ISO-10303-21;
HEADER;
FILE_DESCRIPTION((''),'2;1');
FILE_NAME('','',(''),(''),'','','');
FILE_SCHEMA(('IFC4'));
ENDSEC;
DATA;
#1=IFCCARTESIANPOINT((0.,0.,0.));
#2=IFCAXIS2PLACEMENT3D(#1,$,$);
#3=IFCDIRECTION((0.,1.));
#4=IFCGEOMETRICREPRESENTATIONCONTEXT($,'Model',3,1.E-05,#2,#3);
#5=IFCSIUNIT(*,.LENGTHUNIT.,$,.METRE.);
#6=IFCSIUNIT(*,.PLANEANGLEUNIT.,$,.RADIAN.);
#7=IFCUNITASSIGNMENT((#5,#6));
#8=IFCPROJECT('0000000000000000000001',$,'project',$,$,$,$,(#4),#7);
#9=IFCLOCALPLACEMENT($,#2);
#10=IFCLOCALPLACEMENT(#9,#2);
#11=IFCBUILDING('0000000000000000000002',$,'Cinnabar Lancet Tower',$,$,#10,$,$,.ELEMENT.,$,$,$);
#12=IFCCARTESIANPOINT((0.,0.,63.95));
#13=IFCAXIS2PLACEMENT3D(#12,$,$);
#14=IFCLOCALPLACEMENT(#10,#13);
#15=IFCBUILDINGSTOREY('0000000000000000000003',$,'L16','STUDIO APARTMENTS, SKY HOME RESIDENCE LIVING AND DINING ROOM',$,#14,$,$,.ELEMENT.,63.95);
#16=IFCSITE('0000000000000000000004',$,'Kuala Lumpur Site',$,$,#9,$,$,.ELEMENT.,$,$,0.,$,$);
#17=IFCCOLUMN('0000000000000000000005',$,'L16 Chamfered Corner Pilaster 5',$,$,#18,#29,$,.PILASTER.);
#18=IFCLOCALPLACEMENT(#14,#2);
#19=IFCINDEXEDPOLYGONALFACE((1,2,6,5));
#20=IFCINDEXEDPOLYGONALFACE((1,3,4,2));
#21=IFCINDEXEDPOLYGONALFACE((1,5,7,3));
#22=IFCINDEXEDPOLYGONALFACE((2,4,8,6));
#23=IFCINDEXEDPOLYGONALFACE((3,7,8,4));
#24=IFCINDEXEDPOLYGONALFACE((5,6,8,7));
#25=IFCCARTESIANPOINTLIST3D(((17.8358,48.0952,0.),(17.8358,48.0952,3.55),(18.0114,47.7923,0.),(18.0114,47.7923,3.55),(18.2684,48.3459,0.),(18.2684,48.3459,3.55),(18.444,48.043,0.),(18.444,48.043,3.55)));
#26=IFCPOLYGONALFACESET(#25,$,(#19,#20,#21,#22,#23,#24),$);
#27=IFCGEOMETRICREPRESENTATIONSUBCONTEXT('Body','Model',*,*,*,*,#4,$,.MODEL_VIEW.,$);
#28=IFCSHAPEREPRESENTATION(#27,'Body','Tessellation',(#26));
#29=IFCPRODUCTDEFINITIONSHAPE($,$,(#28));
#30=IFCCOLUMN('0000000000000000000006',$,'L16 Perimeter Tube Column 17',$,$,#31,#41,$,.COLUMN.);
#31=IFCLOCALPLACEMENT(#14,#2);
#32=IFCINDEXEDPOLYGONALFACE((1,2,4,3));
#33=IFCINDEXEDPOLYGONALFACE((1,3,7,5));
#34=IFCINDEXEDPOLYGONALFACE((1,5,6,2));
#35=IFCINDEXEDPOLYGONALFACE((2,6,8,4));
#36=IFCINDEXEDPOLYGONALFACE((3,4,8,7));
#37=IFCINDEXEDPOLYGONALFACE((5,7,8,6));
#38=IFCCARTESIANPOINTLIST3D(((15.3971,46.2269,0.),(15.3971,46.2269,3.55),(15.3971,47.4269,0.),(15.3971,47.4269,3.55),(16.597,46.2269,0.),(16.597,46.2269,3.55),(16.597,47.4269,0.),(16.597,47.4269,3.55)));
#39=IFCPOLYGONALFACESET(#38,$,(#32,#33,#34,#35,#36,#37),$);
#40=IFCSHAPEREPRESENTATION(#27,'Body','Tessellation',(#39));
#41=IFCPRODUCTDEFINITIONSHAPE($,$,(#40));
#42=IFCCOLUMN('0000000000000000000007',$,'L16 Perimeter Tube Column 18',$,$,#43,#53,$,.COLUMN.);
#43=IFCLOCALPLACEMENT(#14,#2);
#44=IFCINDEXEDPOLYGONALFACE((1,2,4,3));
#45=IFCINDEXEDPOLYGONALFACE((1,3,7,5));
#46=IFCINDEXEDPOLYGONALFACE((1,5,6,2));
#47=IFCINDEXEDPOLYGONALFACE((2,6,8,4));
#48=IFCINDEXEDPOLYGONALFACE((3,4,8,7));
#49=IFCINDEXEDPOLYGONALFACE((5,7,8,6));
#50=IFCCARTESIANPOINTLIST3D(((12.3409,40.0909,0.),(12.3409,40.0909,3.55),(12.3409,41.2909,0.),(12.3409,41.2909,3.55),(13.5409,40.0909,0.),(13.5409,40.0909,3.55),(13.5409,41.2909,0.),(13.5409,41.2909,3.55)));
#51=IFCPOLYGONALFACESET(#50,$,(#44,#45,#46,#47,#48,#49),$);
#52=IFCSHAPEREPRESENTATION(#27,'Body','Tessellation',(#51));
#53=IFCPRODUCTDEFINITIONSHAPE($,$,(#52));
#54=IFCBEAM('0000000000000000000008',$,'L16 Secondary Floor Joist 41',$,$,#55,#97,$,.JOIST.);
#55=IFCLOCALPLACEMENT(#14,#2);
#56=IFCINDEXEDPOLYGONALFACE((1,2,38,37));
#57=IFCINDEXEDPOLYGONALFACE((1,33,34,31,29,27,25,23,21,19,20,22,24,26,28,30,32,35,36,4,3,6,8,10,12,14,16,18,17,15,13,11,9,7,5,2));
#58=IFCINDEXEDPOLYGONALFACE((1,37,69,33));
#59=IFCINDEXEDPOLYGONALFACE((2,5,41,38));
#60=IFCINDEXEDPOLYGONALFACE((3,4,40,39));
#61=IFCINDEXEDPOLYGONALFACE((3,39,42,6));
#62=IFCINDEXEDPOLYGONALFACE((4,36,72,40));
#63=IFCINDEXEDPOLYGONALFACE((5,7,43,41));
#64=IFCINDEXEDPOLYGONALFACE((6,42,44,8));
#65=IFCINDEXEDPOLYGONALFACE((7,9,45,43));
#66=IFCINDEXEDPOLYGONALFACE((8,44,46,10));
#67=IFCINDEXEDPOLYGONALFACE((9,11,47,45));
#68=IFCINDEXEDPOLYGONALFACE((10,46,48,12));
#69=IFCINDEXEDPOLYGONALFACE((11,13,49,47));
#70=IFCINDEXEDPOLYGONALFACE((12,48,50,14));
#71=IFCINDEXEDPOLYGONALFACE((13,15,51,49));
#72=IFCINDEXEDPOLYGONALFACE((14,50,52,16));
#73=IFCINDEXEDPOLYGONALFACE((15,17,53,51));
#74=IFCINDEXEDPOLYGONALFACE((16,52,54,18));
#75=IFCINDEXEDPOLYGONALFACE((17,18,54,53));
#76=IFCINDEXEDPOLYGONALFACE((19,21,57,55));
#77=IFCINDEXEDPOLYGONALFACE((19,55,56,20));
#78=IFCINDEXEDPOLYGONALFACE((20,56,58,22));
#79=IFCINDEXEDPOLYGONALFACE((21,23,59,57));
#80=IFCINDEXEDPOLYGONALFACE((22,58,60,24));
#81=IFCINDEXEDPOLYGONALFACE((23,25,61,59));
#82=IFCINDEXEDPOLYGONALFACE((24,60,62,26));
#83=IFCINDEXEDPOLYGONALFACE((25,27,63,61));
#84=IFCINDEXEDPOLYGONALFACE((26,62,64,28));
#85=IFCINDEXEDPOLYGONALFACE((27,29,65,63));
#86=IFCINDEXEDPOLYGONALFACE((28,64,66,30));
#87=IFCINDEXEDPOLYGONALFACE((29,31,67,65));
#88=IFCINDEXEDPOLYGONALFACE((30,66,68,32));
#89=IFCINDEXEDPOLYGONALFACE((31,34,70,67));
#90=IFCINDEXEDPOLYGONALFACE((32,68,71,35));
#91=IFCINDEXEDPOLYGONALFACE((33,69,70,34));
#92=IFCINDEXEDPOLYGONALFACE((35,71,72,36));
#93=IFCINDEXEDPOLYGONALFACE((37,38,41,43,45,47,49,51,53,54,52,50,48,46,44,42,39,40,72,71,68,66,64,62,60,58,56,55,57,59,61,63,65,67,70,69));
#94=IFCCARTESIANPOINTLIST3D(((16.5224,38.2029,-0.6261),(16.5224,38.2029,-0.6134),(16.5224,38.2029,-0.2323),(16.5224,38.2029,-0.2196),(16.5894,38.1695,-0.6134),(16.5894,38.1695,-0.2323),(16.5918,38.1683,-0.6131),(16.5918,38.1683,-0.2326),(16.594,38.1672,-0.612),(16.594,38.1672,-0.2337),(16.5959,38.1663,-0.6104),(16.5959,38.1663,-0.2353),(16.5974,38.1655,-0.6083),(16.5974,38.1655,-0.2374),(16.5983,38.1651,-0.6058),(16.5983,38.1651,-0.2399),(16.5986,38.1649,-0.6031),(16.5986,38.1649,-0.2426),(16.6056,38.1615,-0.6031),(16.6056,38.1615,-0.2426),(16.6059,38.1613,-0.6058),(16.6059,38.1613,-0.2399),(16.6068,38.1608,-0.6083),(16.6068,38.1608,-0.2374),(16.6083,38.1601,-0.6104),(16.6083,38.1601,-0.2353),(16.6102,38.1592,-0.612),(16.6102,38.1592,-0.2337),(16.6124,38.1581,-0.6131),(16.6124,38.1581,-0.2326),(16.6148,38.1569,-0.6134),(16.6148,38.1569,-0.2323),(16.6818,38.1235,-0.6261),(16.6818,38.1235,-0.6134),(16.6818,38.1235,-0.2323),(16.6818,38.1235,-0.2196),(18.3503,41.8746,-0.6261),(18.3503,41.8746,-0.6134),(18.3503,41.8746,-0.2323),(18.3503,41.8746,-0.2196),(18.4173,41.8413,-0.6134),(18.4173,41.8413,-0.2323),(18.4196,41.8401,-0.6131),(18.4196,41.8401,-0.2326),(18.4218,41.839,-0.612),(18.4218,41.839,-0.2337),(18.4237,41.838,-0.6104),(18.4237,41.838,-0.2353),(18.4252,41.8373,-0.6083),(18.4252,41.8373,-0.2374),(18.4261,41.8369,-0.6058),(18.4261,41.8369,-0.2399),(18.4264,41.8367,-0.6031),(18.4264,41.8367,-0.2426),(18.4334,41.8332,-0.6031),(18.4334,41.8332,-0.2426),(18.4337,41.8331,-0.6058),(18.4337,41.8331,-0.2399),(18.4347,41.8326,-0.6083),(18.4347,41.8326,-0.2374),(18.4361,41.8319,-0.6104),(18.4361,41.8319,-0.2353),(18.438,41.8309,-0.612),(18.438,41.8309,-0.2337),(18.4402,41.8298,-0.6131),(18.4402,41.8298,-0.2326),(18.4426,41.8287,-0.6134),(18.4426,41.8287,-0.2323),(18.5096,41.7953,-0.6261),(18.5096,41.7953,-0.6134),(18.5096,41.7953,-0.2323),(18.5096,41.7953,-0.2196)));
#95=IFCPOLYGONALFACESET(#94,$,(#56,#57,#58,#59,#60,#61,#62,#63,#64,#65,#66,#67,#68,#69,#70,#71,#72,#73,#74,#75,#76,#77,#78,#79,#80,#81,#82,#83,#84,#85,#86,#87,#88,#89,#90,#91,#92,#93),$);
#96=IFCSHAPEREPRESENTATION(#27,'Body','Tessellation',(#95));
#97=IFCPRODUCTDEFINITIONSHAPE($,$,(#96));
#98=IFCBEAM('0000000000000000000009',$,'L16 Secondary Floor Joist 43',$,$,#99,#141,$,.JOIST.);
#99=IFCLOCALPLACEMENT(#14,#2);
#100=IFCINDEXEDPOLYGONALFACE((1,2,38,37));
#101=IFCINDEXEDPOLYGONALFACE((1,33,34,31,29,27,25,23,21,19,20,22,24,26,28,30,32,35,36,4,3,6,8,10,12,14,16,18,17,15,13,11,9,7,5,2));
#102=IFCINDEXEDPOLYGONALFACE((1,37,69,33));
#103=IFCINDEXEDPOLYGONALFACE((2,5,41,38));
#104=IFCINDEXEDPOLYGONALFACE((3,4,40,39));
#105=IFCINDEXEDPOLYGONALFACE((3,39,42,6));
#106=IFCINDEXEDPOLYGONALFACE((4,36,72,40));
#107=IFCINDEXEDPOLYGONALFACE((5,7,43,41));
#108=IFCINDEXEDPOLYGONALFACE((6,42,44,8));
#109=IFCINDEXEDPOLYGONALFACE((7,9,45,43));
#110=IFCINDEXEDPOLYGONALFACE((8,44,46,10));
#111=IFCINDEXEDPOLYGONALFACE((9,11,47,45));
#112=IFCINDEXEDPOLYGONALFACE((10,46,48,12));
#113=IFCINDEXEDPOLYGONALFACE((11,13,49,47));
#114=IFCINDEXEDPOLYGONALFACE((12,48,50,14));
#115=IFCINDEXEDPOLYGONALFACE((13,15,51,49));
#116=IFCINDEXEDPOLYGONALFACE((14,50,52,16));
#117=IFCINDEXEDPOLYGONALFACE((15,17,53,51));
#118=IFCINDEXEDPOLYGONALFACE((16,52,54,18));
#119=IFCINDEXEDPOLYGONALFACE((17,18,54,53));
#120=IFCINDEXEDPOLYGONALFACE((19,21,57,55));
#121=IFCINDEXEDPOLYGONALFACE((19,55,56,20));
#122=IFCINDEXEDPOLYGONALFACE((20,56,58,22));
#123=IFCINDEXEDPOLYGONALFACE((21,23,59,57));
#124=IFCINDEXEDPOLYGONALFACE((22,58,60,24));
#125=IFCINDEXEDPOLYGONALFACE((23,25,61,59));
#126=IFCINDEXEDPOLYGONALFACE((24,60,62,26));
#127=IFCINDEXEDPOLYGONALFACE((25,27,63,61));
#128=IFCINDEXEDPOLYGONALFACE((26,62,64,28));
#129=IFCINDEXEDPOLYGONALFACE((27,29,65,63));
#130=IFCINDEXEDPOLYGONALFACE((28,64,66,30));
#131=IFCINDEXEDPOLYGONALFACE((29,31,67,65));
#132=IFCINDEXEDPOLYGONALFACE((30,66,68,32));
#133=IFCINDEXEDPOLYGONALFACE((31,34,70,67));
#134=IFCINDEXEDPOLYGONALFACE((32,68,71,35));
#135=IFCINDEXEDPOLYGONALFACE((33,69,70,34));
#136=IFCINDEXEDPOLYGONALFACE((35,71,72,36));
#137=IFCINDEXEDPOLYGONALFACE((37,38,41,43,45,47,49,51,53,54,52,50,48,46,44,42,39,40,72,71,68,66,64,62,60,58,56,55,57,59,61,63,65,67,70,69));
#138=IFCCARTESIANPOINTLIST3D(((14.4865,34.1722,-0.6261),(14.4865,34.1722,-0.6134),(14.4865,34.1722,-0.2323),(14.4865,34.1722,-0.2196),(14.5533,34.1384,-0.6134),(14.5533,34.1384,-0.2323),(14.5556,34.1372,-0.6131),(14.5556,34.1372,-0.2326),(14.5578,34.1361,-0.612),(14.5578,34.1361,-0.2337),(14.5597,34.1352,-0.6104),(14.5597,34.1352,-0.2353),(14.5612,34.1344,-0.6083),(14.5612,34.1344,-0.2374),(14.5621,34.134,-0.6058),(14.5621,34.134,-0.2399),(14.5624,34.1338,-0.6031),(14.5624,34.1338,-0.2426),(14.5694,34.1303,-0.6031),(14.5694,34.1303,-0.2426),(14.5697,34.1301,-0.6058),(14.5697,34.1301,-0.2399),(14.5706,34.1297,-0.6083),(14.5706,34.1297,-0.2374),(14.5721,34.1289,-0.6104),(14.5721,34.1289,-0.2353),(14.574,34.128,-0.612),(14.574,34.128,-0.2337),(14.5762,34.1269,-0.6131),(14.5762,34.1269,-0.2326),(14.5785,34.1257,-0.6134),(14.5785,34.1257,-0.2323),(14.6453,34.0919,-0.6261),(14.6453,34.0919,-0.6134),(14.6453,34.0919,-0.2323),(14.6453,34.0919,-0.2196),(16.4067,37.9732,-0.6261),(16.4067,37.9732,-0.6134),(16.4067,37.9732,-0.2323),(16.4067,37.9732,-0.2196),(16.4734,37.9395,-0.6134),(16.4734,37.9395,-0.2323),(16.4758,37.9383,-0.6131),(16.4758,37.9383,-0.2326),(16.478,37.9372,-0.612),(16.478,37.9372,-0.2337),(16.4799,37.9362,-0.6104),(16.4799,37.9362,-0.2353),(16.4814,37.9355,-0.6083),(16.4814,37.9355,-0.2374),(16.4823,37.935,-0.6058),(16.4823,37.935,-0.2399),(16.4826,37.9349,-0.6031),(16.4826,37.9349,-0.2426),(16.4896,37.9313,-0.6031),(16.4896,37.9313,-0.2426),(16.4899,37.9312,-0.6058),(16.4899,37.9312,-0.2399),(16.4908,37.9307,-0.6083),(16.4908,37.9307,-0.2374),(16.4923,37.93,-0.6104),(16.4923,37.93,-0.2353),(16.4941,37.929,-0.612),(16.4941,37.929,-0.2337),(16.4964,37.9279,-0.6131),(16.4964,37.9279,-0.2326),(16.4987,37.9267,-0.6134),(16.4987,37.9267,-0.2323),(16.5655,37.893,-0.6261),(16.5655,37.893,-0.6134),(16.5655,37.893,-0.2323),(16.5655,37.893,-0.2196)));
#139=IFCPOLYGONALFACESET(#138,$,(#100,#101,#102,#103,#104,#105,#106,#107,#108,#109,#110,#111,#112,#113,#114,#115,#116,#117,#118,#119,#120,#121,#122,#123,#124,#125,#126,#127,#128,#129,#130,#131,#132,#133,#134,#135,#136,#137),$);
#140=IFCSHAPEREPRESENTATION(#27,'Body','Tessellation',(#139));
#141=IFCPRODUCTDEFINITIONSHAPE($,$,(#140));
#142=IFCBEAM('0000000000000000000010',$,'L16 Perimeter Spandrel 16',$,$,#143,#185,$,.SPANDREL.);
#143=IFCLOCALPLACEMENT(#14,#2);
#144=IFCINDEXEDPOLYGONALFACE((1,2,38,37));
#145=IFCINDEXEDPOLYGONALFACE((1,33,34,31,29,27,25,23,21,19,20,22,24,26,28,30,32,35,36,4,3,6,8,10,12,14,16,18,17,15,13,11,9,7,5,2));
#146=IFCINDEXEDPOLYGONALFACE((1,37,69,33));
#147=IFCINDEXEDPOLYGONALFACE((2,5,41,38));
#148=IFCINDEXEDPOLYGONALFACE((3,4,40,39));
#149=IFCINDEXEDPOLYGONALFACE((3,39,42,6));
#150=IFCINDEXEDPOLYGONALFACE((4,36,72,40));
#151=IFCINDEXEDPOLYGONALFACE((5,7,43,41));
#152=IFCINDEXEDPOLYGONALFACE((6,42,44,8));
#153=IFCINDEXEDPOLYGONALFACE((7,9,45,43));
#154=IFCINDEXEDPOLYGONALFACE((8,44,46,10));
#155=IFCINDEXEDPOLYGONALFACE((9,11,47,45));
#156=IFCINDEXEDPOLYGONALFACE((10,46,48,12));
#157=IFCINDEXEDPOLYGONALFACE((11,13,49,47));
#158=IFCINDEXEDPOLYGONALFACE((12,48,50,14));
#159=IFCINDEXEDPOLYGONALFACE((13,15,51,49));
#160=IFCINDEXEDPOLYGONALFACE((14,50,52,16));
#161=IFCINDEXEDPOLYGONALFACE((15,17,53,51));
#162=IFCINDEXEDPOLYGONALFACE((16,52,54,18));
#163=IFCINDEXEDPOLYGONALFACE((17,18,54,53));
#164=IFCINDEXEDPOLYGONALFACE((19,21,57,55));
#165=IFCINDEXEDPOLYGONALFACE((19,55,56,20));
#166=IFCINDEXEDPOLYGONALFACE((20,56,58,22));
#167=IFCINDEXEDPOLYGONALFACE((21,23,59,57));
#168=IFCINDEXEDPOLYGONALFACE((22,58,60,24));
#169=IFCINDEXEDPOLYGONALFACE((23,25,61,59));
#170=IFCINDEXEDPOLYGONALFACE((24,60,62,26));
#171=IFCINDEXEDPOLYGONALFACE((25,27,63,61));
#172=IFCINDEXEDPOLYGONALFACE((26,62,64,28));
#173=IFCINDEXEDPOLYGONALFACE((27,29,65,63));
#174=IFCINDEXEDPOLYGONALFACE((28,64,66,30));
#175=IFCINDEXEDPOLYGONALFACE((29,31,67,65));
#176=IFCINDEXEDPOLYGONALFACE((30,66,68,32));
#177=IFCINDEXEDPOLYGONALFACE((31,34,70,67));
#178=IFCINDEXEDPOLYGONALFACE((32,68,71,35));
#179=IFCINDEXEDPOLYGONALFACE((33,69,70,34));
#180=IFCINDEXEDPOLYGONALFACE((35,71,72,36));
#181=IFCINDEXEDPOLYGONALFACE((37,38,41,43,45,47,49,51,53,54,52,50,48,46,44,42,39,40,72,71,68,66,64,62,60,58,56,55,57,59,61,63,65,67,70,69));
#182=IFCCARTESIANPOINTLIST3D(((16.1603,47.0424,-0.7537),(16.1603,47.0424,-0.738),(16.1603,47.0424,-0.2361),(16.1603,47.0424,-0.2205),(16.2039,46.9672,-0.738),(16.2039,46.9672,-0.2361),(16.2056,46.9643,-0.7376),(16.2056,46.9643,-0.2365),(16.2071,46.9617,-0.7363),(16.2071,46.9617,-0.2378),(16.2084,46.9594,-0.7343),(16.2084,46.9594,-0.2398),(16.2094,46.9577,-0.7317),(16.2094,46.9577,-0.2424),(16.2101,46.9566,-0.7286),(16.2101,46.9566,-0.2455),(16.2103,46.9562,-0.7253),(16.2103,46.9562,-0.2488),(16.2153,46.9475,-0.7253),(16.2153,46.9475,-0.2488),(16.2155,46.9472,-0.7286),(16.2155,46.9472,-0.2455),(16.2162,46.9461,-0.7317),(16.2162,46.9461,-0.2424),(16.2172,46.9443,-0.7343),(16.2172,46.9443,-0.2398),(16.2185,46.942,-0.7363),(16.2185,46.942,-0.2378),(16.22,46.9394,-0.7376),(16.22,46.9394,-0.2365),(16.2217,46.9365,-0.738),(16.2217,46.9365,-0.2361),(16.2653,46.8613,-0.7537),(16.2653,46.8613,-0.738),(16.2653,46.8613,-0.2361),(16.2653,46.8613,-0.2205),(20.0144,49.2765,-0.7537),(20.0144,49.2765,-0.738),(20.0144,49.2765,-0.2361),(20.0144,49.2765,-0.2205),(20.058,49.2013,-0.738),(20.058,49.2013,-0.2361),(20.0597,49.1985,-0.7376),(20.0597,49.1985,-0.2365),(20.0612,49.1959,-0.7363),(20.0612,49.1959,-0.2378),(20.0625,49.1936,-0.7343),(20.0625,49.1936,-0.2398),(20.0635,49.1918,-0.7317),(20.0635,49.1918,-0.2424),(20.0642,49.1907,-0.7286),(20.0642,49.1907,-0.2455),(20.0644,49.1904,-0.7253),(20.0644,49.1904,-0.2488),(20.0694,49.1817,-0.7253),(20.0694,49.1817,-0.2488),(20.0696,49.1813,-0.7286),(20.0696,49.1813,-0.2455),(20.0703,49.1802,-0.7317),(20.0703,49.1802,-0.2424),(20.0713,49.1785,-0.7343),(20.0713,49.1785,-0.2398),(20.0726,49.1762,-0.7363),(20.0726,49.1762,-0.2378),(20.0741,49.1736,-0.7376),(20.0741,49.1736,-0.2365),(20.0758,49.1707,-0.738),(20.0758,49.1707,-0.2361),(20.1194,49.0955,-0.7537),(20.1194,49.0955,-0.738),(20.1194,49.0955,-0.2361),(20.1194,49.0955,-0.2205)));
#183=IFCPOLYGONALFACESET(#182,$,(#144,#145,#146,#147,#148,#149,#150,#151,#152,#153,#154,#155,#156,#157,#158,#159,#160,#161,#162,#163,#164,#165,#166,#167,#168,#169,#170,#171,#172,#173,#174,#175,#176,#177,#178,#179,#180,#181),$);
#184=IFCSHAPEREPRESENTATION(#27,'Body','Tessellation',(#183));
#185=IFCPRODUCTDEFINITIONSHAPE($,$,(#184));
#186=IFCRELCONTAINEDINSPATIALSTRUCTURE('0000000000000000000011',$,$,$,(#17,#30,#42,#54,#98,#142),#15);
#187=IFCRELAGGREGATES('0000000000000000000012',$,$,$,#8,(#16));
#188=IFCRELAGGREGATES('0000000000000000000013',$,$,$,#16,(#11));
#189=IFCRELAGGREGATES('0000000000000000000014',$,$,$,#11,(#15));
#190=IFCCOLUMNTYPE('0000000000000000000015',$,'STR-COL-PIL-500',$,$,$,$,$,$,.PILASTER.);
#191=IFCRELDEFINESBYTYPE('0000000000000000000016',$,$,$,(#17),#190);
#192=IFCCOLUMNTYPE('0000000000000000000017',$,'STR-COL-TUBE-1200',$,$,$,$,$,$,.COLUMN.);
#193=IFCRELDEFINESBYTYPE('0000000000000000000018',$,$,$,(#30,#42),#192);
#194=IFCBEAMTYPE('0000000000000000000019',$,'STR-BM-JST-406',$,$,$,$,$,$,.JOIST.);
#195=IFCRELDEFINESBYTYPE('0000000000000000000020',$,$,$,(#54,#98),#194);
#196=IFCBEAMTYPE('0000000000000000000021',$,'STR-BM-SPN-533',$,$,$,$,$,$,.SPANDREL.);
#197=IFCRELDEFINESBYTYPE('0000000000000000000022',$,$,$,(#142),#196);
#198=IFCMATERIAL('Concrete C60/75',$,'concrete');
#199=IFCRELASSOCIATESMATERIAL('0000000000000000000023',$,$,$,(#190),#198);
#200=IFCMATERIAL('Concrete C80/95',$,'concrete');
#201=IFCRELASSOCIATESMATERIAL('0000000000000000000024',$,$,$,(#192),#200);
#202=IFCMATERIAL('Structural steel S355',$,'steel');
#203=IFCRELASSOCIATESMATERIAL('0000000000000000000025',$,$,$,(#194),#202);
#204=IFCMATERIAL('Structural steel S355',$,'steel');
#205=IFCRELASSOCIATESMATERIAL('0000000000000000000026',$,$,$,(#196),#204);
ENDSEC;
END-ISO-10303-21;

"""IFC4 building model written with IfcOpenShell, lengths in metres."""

from ifc_helpers import new_model, si_unit, direction, frame, origin, origin_2d, place, context, subcontext, project, spatial, rectangle, i_section, extrude, material, material_profile, profile_set, type_object, element, save


model = new_model("IFC4")

# Units and contexts
model_context = context("Model", 3, precision=1e-05, world=origin(), true_north=direction((0.0, 1.0)))
body_context = subcontext(model_context, "Body", "Model", "MODEL_VIEW")
ifc_project = project(units=[si_unit("LENGTHUNIT", "METRE"), si_unit("PLANEANGLEUNIT", "RADIAN")], contexts=[model_context])

# Site, building, storey
site_placement = place(None, origin())
site = spatial("IfcSite", under=ifc_project, at=site_placement, Name="Kuala Lumpur Site", CompositionType="ELEMENT", RefElevation=0.0)
building_placement = place(site_placement, origin())
building = spatial("IfcBuilding", under=site, at=building_placement, Name="Cinnabar Lancet Tower", CompositionType="ELEMENT")
storey_placement = place(building_placement, frame((0.0, 0.0, 63.95)))
storey = spatial("IfcBuildingStorey", under=building, at=storey_placement, Name="L16", Description="STUDIO APARTMENTS, SKY HOME RESIDENCE LIVING AND DINING ROOM", CompositionType="ELEMENT", Elevation=63.95)

# Columns
ifc_material_1 = material(Name="Concrete C60/75", Category="concrete")
ifc_material_profile_1 = material_profile(ifc_material_1, rectangle(XDim=0.5, YDim=0.3501, at=origin_2d()), Name="RC-PIL 500x350")
ifc_profile_set_1 = profile_set([ifc_material_profile_1], Name="Concrete C60/75")
column_type_1 = type_object("IfcColumnType", Name="STR-COL-PIL-500", PredefinedType="PILASTER", material=ifc_profile_set_1)
column_placement = place(storey_placement, frame((18.1399, 48.0691, 0.0), z_axis=(0.0, 0.0, 1.0), x_axis=(-0.865195, -0.501435, 0.0)))
element("IfcColumn", 1, at=column_placement, inside=storey, type_object=column_type_1, Name="L16 Chamfered Corner Pilaster 5", PredefinedType="PILASTER", context=body_context, shape_type="SweptSolid", body=[
    extrude(rectangle(XDim=0.5, YDim=0.3501, at=origin_2d()), origin(), (0.0, 0.0, 1.0), 3.55),
])
ifc_material_2 = material(Name="Concrete C80/95", Category="concrete")
ifc_material_profile_2 = material_profile(ifc_material_2, rectangle(XDim=1.2, YDim=1.2, at=origin_2d()), Name="RC-COL 1200x1200")
ifc_profile_set_2 = profile_set([ifc_material_profile_2], Name="Concrete C80/95")
column_type_2 = type_object("IfcColumnType", Name="STR-COL-TUBE-1200", PredefinedType="COLUMN", material=ifc_profile_set_2)
for number, where, z_axis, x_axis, name in (
    (2, (15.9971, 46.8269, 0.0), (0.0, 0.0, 1.0), (1.0, 0.0, 0.0), "L16 Perimeter Tube Column 17"),
    (3, (12.9409, 40.6909, 0.0), (0.0, 0.0, 1.0), (1.0, 0.0, 0.0), "L16 Perimeter Tube Column 18"),
):
    element("IfcColumn", number, at=place(storey_placement, frame(where, z_axis=z_axis, x_axis=x_axis)), inside=storey, type_object=column_type_2, Name=name, PredefinedType="COLUMN", context=body_context, shape_type="SweptSolid", body=[
        extrude(rectangle(XDim=1.2, YDim=1.2, at=origin_2d()), origin(), (0.0, 0.0, 1.0), 3.55),
    ])

# Beams
ifc_material_3 = material(Name="Structural steel S355", Category="steel")
ifc_material_profile_3 = material_profile(ifc_material_3, i_section(OverallWidth=0.178, OverallDepth=0.4065, WebThickness=0.0078, FlangeThickness=0.0127, FilletRadius=0.0103, at=origin_2d()), Name="UKB 406x178x60")
ifc_profile_set_3 = profile_set([ifc_material_profile_3], Name="Structural steel S355")
beam_type_1 = type_object("IfcBeamType", Name="STR-BM-JST-406", PredefinedType="JOIST", material=ifc_profile_set_3)
beam_1_placement = place(storey_placement, frame((18.4299, 41.835, -0.4229), z_axis=(-0.445642, -0.895212, 0.0), x_axis=(0.895212, -0.445642, 0.0)))
element("IfcBeam", 4, at=beam_1_placement, inside=storey, type_object=beam_type_1, Name="L16 Secondary Floor Joist 41", PredefinedType="JOIST", context=body_context, shape_type="SweptSolid", body=[
    extrude(i_section(OverallWidth=0.178, OverallDepth=0.4065, WebThickness=0.0078, FlangeThickness=0.0127, FilletRadius=0.0103, at=origin_2d()), origin(), (0.0, 0.0, 1.0), 4.1016),
])
beam_2_placement = place(storey_placement, frame((16.4861, 37.9331, -0.4229), z_axis=(-0.450902, -0.892574, 0.0), x_axis=(0.892574, -0.450902, 0.0)))
element("IfcBeam", 5, at=beam_2_placement, inside=storey, type_object=beam_type_1, Name="L16 Secondary Floor Joist 43", PredefinedType="JOIST", context=body_context, shape_type="SweptSolid", body=[
    extrude(i_section(OverallWidth=0.178, OverallDepth=0.4065, WebThickness=0.0078, FlangeThickness=0.0127, FilletRadius=0.0103, at=origin_2d()), origin(), (0.0, 0.0, 1.0), 4.2585),
])
ifc_material_4 = material(Name="Structural steel S355", Category="steel")
ifc_material_profile_4 = material_profile(ifc_material_4, i_section(OverallWidth=0.2092, OverallDepth=0.5332, WebThickness=0.01, FlangeThickness=0.0156, FilletRadius=0.0127, at=origin_2d()), Name="UKB 533x210x92")
ifc_profile_set_4 = profile_set([ifc_material_profile_4], Name="Structural steel S355")
beam_type_2 = type_object("IfcBeamType", Name="STR-BM-SPN-533", PredefinedType="SPANDREL", material=ifc_profile_set_4)
beam_3_placement = place(storey_placement, frame((20.0669, 49.186, -0.4871), z_axis=(-0.865147, -0.501518, 0.0), x_axis=(0.501518, -0.865147, 0.0)))
element("IfcBeam", 6, at=beam_3_placement, inside=storey, type_object=beam_type_2, Name="L16 Perimeter Spandrel 16", PredefinedType="SPANDREL", context=body_context, shape_type="SweptSolid", body=[
    extrude(i_section(OverallWidth=0.2092, OverallDepth=0.5332, WebThickness=0.01, FlangeThickness=0.0156, FilletRadius=0.0127, at=origin_2d()), origin(), (0.0, 0.0, 1.0), 4.4548),
])

save(model, "model.ifc")
